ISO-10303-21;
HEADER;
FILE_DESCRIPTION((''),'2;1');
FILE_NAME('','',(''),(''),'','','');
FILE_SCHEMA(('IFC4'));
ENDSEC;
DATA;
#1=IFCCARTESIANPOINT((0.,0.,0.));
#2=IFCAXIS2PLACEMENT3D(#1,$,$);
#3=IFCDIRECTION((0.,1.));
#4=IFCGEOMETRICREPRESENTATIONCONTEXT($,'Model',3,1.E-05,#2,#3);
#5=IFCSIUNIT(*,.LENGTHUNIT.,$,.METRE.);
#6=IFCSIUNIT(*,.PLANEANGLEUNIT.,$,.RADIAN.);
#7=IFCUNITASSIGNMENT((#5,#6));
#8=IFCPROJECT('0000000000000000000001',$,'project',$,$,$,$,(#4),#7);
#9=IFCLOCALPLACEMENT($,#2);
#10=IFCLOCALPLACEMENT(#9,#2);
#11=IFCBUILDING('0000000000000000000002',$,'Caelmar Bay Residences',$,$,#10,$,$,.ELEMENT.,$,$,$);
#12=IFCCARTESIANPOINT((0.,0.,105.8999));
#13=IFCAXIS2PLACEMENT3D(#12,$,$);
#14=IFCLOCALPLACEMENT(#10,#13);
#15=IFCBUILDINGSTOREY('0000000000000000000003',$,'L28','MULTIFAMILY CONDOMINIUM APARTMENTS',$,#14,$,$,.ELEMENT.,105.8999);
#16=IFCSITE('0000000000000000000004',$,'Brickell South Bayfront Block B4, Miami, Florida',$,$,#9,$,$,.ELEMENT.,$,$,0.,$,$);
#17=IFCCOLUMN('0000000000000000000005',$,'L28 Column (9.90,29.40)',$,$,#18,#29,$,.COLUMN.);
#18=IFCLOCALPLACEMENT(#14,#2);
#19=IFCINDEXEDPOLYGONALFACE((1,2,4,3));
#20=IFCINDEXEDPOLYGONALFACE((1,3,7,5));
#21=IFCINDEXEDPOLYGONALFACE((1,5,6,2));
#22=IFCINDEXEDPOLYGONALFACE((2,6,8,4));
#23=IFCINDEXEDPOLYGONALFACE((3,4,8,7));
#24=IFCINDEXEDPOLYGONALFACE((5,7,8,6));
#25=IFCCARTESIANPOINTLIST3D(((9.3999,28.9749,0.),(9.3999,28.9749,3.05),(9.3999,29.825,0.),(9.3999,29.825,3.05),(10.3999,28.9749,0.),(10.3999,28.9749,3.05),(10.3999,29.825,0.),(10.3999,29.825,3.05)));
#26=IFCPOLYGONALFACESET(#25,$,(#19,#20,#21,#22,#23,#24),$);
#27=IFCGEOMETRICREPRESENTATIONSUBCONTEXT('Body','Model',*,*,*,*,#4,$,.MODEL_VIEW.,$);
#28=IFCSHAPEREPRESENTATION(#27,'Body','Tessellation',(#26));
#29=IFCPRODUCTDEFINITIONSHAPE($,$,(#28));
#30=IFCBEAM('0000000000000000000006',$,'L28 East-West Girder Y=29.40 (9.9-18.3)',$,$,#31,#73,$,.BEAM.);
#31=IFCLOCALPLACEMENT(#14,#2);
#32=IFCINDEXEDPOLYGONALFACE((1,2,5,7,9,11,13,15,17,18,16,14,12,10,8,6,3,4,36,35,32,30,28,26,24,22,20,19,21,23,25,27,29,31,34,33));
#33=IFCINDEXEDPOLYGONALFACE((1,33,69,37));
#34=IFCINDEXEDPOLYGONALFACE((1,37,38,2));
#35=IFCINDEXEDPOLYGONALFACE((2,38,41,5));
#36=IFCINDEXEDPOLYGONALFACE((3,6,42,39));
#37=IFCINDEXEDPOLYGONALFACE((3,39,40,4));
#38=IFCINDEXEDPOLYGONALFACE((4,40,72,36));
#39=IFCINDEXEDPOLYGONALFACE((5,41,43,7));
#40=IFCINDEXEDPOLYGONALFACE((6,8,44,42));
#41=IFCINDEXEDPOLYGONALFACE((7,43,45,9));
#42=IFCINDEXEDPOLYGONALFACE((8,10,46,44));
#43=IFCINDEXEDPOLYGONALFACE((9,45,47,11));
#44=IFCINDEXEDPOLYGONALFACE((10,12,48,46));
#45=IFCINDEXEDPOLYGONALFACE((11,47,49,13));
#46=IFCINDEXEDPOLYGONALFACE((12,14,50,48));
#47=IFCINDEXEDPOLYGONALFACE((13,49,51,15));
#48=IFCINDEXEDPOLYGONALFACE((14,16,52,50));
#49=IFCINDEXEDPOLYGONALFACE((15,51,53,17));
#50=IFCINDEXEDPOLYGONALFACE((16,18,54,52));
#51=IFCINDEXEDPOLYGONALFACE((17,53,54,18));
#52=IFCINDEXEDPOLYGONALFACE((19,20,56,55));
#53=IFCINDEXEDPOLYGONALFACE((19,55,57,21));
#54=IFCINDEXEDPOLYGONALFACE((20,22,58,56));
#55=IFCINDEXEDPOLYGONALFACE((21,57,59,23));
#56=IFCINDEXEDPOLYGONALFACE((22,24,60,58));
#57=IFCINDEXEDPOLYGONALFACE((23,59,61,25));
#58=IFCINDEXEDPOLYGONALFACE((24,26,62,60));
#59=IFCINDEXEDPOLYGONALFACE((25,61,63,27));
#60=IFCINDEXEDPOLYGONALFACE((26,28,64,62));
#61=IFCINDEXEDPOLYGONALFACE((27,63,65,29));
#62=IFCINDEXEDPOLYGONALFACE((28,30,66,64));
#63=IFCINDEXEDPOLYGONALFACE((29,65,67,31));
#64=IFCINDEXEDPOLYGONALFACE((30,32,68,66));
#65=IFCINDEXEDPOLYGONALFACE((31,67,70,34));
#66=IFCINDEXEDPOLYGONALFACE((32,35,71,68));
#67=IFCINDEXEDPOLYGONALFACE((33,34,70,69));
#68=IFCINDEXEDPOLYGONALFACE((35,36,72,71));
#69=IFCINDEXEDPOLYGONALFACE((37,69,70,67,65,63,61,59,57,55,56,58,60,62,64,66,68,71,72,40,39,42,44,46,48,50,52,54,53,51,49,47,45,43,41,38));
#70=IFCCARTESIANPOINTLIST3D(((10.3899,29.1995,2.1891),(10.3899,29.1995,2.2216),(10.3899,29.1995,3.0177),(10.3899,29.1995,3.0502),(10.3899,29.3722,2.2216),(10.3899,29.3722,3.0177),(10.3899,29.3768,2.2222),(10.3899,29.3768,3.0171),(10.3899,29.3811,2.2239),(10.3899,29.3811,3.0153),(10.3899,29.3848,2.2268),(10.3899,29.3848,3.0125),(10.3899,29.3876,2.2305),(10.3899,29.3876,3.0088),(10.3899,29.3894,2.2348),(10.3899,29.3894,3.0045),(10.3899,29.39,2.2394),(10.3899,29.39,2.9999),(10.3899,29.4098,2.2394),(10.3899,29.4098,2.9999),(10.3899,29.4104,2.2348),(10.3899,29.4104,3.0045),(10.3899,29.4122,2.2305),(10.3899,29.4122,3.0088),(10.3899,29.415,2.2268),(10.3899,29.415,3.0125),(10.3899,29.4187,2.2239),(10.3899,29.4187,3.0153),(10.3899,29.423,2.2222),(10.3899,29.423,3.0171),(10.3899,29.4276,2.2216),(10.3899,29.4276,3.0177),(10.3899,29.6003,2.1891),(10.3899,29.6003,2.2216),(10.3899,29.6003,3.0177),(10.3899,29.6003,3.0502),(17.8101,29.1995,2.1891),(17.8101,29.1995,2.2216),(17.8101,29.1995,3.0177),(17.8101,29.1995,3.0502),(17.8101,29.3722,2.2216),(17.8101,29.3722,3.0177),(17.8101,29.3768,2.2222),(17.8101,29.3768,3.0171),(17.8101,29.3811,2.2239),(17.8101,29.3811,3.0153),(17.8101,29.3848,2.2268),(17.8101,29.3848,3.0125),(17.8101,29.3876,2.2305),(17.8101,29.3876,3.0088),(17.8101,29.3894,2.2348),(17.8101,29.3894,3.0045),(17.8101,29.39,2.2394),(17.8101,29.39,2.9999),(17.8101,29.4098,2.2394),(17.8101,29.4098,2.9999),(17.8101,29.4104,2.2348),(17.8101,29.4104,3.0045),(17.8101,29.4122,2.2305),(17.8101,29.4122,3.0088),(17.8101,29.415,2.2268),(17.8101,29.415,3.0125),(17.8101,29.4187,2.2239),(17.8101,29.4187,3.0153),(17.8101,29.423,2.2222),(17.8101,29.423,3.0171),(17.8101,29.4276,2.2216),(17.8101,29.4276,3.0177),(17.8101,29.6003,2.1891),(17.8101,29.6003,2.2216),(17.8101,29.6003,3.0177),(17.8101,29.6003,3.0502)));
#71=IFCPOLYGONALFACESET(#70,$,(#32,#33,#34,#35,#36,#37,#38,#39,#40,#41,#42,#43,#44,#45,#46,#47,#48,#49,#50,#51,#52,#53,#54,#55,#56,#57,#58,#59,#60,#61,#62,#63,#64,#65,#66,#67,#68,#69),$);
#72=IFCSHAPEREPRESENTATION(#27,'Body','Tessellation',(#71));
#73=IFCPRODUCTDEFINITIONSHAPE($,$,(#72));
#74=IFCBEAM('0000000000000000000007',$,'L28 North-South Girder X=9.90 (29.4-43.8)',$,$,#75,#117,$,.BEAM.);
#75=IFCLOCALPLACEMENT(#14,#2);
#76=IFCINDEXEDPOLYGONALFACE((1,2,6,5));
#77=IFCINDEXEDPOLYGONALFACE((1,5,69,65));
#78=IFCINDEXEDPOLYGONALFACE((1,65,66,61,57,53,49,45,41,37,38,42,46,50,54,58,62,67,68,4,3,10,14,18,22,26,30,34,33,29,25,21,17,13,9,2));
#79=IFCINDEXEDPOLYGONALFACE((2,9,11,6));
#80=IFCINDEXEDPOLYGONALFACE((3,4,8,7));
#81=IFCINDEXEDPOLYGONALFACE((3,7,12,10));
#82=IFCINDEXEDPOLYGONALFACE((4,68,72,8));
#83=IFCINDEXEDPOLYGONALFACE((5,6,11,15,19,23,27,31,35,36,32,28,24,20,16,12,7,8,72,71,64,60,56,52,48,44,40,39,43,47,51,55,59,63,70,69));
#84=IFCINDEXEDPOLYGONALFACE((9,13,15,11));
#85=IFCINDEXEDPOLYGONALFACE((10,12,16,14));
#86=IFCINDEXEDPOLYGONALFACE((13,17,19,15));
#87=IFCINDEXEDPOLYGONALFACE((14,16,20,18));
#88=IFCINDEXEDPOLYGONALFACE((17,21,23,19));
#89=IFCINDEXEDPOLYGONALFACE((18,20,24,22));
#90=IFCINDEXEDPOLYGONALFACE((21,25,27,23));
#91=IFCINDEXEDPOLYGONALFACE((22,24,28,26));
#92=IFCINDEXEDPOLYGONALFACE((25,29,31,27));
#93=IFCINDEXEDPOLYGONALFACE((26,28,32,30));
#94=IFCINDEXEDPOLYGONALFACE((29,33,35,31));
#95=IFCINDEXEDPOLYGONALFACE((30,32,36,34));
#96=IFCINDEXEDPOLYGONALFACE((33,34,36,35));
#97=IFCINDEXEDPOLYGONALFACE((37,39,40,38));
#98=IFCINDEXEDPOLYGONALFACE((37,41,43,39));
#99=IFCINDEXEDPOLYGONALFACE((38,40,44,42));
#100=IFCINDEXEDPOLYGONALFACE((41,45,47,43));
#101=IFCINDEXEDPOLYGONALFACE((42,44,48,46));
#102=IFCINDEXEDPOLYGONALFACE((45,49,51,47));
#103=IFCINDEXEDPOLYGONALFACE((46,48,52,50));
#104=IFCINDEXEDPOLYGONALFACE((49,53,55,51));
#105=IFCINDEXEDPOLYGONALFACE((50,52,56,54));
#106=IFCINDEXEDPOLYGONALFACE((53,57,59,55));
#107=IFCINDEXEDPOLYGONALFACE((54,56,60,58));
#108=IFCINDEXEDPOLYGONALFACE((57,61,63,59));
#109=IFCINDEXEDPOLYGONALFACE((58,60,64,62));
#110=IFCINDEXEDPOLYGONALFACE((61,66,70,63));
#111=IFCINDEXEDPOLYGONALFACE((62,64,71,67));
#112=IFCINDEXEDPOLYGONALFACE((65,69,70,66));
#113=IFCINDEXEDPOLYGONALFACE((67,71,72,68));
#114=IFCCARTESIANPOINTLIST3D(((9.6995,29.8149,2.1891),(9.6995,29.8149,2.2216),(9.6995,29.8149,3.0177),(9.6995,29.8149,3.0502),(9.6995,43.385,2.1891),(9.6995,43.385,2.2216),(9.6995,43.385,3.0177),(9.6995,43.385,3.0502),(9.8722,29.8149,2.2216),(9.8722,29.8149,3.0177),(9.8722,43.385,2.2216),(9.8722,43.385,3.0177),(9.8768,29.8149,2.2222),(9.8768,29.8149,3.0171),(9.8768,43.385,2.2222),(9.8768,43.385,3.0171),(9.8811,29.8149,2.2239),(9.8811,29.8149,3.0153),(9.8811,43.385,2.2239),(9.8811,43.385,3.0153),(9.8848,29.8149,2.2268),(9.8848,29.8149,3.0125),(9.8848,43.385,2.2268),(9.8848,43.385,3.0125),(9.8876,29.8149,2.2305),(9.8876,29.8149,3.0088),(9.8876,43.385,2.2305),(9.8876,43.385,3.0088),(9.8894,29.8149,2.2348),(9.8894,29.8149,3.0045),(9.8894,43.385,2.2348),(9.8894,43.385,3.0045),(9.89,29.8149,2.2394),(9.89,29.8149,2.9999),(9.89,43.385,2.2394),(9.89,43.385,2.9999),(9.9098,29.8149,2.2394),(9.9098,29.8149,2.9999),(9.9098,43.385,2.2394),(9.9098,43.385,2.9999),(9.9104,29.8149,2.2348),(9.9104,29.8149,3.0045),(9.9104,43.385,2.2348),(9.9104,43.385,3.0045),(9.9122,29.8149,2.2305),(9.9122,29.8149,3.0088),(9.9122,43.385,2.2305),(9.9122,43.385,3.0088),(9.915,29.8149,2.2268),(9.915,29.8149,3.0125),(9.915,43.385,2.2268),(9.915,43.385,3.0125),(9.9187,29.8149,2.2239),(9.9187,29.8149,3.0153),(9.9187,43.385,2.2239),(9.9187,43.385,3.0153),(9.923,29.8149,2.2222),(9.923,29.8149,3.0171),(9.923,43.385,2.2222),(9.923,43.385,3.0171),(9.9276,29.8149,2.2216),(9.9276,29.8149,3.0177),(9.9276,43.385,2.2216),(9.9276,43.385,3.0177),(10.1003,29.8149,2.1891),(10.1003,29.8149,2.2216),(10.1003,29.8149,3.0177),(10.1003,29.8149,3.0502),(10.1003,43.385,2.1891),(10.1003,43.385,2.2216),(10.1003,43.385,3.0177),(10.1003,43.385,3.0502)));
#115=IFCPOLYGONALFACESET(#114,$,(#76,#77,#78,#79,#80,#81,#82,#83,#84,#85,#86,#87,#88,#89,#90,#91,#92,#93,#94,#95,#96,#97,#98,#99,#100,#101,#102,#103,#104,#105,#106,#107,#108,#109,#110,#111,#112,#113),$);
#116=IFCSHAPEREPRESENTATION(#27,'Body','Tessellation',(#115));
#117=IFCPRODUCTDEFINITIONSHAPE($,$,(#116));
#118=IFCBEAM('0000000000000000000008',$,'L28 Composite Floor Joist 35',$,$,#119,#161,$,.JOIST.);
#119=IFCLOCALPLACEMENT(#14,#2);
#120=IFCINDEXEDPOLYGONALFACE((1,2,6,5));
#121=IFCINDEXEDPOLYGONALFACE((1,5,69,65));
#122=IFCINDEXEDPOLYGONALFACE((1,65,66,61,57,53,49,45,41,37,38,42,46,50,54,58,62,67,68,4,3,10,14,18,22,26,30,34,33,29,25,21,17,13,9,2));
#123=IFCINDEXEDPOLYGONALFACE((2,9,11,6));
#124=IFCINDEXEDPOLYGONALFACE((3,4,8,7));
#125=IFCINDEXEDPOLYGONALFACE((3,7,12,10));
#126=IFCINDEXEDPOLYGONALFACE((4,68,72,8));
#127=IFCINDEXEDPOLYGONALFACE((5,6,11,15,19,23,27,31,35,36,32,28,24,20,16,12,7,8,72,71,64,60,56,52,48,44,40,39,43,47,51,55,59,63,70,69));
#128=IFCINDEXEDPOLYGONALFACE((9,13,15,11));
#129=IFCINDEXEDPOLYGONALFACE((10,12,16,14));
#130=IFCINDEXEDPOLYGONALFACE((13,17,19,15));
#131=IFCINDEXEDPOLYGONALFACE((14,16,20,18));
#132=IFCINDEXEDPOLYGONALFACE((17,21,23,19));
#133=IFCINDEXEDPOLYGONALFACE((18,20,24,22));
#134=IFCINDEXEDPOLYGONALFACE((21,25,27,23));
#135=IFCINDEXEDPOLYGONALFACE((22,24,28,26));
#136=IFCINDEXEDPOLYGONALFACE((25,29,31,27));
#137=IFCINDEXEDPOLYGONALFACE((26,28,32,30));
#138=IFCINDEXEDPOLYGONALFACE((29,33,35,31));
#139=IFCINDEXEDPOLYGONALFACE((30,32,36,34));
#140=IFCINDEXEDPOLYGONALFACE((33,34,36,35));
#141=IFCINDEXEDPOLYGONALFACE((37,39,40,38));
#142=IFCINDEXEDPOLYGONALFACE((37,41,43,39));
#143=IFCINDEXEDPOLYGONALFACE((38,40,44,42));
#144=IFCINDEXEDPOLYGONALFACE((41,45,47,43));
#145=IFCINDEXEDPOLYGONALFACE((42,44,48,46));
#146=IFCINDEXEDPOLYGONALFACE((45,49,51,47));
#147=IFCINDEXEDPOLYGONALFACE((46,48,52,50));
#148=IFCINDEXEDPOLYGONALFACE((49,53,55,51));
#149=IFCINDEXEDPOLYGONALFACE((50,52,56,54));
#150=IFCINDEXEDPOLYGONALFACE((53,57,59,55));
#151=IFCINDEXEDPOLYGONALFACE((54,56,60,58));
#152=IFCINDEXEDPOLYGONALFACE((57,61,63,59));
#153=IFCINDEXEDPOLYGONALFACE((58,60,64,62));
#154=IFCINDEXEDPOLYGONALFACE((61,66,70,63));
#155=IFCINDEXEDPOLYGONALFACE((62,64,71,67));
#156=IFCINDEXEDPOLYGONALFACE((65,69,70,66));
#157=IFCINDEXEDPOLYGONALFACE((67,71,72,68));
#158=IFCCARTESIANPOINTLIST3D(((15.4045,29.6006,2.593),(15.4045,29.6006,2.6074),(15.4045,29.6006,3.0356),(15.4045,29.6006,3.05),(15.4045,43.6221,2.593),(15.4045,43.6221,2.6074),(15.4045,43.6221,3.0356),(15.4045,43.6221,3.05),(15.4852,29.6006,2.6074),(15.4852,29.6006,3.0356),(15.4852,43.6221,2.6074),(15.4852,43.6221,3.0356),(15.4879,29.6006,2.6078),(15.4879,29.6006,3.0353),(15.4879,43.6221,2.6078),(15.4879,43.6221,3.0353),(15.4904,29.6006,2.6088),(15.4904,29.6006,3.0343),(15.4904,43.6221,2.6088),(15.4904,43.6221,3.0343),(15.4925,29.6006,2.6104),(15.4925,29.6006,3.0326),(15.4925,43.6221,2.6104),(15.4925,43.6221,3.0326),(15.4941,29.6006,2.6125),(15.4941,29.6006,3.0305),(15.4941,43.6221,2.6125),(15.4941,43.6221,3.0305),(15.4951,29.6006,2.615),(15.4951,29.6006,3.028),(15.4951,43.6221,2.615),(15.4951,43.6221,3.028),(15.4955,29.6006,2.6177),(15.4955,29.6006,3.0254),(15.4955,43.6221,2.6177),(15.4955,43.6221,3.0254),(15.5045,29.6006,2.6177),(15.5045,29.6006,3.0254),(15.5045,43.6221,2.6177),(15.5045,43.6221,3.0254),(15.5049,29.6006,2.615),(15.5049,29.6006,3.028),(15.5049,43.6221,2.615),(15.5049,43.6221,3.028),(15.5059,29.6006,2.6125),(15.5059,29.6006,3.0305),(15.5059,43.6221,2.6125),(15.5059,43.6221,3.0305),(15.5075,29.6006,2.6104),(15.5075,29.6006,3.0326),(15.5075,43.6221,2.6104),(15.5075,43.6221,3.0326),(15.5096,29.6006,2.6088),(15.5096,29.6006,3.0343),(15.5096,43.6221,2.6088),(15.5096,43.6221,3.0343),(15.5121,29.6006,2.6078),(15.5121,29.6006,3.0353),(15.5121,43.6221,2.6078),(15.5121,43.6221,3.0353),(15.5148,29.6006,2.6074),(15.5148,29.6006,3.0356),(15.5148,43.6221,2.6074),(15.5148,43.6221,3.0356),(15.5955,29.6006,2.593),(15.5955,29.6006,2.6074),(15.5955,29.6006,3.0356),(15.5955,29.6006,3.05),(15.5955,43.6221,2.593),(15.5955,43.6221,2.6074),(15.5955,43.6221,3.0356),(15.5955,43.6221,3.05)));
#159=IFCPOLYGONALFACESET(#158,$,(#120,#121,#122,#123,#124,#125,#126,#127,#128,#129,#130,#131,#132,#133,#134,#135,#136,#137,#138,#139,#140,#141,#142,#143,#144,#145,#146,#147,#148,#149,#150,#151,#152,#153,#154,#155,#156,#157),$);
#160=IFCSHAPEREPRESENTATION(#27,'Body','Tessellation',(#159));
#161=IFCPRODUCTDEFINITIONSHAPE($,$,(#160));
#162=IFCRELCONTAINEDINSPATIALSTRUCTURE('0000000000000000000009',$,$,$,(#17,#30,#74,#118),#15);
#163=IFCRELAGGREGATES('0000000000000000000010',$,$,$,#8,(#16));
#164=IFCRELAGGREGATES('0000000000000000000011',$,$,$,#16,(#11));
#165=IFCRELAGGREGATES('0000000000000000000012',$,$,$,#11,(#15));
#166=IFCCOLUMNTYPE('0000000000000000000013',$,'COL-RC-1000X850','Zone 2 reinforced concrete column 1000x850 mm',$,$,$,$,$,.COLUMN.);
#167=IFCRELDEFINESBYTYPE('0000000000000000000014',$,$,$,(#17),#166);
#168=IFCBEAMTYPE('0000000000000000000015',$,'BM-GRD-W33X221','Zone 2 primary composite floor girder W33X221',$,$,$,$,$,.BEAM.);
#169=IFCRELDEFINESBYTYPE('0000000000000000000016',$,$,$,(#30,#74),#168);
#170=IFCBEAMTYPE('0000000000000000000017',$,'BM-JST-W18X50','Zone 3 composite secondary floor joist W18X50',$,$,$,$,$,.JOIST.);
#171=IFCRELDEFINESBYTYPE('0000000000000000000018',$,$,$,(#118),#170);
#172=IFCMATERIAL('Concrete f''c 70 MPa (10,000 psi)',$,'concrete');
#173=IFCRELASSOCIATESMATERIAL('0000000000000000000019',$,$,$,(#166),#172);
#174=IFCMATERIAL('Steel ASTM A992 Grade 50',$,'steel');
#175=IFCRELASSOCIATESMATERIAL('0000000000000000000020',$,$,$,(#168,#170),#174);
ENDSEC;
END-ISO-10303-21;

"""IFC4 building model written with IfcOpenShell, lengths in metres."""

from ifc_helpers import new_model, si_unit, direction, frame, origin, origin_2d, place, context, subcontext, project, spatial, rectangle, i_section, extrude, material, material_profile, profile_set, type_object, element, save


model = new_model("IFC4")

# Units and contexts
model_context = context("Model", 3, precision=1e-05, world=origin(), true_north=direction((0.0, 1.0)))
body_context = subcontext(model_context, "Body", "Model", "MODEL_VIEW")
ifc_project = project(units=[si_unit("LENGTHUNIT", "METRE"), si_unit("PLANEANGLEUNIT", "RADIAN")], contexts=[model_context])

# Site, building, storey
site_placement = place(None, origin())
site = spatial("IfcSite", under=ifc_project, at=site_placement, Name="Brickell South Bayfront Block B4, Miami, Florida", CompositionType="ELEMENT", RefElevation=0.0)
building_placement = place(site_placement, origin())
building = spatial("IfcBuilding", under=site, at=building_placement, Name="Caelmar Bay Residences", CompositionType="ELEMENT")
storey_placement = place(building_placement, frame((0.0, 0.0, 105.8999)))
storey = spatial("IfcBuildingStorey", under=building, at=storey_placement, Name="L28", Description="MULTIFAMILY CONDOMINIUM APARTMENTS", CompositionType="ELEMENT", Elevation=105.8999)

# Column
ifc_material_1 = material(Name="Concrete f'c 70 MPa (10,000 psi)", Category="concrete")
ifc_material_profile_1 = material_profile(ifc_material_1, rectangle(XDim=1.0, YDim=0.8501, at=origin_2d()), Name="RC-COL-1000X850")
ifc_profile_set_1 = profile_set([ifc_material_profile_1], Name="Concrete f'c 70 MPa (10,000 psi)")
column_type = type_object("IfcColumnType", Name="COL-RC-1000X850", Description="Zone 2 reinforced concrete column 1000x850 mm", PredefinedType="COLUMN", material=ifc_profile_set_1)
column_placement = place(storey_placement, frame((9.8999, 29.3999, 0.0), z_axis=(0.0, 0.0, 1.0), x_axis=(1.0, 0.0, 0.0)))
element("IfcColumn", 1, at=column_placement, inside=storey, type_object=column_type, Name="L28 Column (9.90,29.40)", PredefinedType="COLUMN", context=body_context, shape_type="SweptSolid", body=[
    extrude(rectangle(XDim=1.0, YDim=0.8501, at=origin_2d()), origin(), (0.0, 0.0, 1.0), 3.05),
])

# Beams
ifc_material_2 = material(Name="Steel ASTM A992 Grade 50", Category="steel")
ifc_material_profile_2 = material_profile(ifc_material_2, i_section(OverallWidth=0.4009, OverallDepth=0.8611, WebThickness=0.0198, FlangeThickness=0.0325, FilletRadius=0.0178, at=origin_2d()), Name="W33X221")
ifc_profile_set_2 = profile_set([ifc_material_profile_2], Name="Steel ASTM A992 Grade 50")
beam_type_1 = type_object("IfcBeamType", Name="BM-GRD-W33X221", Description="Zone 2 primary composite floor girder W33X221", PredefinedType="BEAM", material=ifc_profile_set_2)
beam_1_placement = place(storey_placement, frame((10.3899, 29.3999, 2.6196), z_axis=(1.0, 0.0, 0.0), x_axis=(0.0, 1.0, 0.0)))
element("IfcBeam", 2, at=beam_1_placement, inside=storey, type_object=beam_type_1, Name="L28 East-West Girder Y=29.40 (9.9-18.3)", PredefinedType="BEAM", context=body_context, shape_type="SweptSolid", body=[
    extrude(i_section(OverallWidth=0.4009, OverallDepth=0.8611, WebThickness=0.0198, FlangeThickness=0.0325, FilletRadius=0.0178, at=origin_2d()), origin(), (0.0, 0.0, 1.0), 7.4202),
])
beam_2_placement = place(storey_placement, frame((9.8999, 29.8149, 2.6196), z_axis=(0.0, 1.0, 0.0), x_axis=(-1.0, 0.0, 0.0)))
element("IfcBeam", 3, at=beam_2_placement, inside=storey, type_object=beam_type_1, Name="L28 North-South Girder X=9.90 (29.4-43.8)", PredefinedType="BEAM", context=body_context, shape_type="SweptSolid", body=[
    extrude(i_section(OverallWidth=0.4009, OverallDepth=0.8611, WebThickness=0.0198, FlangeThickness=0.0325, FilletRadius=0.0178, at=origin_2d()), origin(), (0.0, 0.0, 1.0), 13.5701),
])
ifc_material_profile_3 = material_profile(ifc_material_2, i_section(OverallWidth=0.1909, OverallDepth=0.457, WebThickness=0.009, FlangeThickness=0.0144, FilletRadius=0.0103, at=origin_2d()), Name="W18X50")
ifc_profile_set_3 = profile_set([ifc_material_profile_3], Name="Steel ASTM A992 Grade 50")
beam_type_2 = type_object("IfcBeamType", Name="BM-JST-W18X50", Description="Zone 3 composite secondary floor joist W18X50", PredefinedType="JOIST", material=ifc_profile_set_3)
beam_3_placement = place(storey_placement, frame((15.5, 29.6006, 2.8215), z_axis=(0.0, 1.0, 0.0), x_axis=(-1.0, 0.0, 0.0)))
element("IfcBeam", 4, at=beam_3_placement, inside=storey, type_object=beam_type_2, Name="L28 Composite Floor Joist 35", PredefinedType="JOIST", context=body_context, shape_type="SweptSolid", body=[
    extrude(i_section(OverallWidth=0.1909, OverallDepth=0.457, WebThickness=0.009, FlangeThickness=0.0144, FilletRadius=0.0103, at=origin_2d()), origin(), (0.0, 0.0, 1.0), 14.0215),
])

save(model, "model.ifc")
